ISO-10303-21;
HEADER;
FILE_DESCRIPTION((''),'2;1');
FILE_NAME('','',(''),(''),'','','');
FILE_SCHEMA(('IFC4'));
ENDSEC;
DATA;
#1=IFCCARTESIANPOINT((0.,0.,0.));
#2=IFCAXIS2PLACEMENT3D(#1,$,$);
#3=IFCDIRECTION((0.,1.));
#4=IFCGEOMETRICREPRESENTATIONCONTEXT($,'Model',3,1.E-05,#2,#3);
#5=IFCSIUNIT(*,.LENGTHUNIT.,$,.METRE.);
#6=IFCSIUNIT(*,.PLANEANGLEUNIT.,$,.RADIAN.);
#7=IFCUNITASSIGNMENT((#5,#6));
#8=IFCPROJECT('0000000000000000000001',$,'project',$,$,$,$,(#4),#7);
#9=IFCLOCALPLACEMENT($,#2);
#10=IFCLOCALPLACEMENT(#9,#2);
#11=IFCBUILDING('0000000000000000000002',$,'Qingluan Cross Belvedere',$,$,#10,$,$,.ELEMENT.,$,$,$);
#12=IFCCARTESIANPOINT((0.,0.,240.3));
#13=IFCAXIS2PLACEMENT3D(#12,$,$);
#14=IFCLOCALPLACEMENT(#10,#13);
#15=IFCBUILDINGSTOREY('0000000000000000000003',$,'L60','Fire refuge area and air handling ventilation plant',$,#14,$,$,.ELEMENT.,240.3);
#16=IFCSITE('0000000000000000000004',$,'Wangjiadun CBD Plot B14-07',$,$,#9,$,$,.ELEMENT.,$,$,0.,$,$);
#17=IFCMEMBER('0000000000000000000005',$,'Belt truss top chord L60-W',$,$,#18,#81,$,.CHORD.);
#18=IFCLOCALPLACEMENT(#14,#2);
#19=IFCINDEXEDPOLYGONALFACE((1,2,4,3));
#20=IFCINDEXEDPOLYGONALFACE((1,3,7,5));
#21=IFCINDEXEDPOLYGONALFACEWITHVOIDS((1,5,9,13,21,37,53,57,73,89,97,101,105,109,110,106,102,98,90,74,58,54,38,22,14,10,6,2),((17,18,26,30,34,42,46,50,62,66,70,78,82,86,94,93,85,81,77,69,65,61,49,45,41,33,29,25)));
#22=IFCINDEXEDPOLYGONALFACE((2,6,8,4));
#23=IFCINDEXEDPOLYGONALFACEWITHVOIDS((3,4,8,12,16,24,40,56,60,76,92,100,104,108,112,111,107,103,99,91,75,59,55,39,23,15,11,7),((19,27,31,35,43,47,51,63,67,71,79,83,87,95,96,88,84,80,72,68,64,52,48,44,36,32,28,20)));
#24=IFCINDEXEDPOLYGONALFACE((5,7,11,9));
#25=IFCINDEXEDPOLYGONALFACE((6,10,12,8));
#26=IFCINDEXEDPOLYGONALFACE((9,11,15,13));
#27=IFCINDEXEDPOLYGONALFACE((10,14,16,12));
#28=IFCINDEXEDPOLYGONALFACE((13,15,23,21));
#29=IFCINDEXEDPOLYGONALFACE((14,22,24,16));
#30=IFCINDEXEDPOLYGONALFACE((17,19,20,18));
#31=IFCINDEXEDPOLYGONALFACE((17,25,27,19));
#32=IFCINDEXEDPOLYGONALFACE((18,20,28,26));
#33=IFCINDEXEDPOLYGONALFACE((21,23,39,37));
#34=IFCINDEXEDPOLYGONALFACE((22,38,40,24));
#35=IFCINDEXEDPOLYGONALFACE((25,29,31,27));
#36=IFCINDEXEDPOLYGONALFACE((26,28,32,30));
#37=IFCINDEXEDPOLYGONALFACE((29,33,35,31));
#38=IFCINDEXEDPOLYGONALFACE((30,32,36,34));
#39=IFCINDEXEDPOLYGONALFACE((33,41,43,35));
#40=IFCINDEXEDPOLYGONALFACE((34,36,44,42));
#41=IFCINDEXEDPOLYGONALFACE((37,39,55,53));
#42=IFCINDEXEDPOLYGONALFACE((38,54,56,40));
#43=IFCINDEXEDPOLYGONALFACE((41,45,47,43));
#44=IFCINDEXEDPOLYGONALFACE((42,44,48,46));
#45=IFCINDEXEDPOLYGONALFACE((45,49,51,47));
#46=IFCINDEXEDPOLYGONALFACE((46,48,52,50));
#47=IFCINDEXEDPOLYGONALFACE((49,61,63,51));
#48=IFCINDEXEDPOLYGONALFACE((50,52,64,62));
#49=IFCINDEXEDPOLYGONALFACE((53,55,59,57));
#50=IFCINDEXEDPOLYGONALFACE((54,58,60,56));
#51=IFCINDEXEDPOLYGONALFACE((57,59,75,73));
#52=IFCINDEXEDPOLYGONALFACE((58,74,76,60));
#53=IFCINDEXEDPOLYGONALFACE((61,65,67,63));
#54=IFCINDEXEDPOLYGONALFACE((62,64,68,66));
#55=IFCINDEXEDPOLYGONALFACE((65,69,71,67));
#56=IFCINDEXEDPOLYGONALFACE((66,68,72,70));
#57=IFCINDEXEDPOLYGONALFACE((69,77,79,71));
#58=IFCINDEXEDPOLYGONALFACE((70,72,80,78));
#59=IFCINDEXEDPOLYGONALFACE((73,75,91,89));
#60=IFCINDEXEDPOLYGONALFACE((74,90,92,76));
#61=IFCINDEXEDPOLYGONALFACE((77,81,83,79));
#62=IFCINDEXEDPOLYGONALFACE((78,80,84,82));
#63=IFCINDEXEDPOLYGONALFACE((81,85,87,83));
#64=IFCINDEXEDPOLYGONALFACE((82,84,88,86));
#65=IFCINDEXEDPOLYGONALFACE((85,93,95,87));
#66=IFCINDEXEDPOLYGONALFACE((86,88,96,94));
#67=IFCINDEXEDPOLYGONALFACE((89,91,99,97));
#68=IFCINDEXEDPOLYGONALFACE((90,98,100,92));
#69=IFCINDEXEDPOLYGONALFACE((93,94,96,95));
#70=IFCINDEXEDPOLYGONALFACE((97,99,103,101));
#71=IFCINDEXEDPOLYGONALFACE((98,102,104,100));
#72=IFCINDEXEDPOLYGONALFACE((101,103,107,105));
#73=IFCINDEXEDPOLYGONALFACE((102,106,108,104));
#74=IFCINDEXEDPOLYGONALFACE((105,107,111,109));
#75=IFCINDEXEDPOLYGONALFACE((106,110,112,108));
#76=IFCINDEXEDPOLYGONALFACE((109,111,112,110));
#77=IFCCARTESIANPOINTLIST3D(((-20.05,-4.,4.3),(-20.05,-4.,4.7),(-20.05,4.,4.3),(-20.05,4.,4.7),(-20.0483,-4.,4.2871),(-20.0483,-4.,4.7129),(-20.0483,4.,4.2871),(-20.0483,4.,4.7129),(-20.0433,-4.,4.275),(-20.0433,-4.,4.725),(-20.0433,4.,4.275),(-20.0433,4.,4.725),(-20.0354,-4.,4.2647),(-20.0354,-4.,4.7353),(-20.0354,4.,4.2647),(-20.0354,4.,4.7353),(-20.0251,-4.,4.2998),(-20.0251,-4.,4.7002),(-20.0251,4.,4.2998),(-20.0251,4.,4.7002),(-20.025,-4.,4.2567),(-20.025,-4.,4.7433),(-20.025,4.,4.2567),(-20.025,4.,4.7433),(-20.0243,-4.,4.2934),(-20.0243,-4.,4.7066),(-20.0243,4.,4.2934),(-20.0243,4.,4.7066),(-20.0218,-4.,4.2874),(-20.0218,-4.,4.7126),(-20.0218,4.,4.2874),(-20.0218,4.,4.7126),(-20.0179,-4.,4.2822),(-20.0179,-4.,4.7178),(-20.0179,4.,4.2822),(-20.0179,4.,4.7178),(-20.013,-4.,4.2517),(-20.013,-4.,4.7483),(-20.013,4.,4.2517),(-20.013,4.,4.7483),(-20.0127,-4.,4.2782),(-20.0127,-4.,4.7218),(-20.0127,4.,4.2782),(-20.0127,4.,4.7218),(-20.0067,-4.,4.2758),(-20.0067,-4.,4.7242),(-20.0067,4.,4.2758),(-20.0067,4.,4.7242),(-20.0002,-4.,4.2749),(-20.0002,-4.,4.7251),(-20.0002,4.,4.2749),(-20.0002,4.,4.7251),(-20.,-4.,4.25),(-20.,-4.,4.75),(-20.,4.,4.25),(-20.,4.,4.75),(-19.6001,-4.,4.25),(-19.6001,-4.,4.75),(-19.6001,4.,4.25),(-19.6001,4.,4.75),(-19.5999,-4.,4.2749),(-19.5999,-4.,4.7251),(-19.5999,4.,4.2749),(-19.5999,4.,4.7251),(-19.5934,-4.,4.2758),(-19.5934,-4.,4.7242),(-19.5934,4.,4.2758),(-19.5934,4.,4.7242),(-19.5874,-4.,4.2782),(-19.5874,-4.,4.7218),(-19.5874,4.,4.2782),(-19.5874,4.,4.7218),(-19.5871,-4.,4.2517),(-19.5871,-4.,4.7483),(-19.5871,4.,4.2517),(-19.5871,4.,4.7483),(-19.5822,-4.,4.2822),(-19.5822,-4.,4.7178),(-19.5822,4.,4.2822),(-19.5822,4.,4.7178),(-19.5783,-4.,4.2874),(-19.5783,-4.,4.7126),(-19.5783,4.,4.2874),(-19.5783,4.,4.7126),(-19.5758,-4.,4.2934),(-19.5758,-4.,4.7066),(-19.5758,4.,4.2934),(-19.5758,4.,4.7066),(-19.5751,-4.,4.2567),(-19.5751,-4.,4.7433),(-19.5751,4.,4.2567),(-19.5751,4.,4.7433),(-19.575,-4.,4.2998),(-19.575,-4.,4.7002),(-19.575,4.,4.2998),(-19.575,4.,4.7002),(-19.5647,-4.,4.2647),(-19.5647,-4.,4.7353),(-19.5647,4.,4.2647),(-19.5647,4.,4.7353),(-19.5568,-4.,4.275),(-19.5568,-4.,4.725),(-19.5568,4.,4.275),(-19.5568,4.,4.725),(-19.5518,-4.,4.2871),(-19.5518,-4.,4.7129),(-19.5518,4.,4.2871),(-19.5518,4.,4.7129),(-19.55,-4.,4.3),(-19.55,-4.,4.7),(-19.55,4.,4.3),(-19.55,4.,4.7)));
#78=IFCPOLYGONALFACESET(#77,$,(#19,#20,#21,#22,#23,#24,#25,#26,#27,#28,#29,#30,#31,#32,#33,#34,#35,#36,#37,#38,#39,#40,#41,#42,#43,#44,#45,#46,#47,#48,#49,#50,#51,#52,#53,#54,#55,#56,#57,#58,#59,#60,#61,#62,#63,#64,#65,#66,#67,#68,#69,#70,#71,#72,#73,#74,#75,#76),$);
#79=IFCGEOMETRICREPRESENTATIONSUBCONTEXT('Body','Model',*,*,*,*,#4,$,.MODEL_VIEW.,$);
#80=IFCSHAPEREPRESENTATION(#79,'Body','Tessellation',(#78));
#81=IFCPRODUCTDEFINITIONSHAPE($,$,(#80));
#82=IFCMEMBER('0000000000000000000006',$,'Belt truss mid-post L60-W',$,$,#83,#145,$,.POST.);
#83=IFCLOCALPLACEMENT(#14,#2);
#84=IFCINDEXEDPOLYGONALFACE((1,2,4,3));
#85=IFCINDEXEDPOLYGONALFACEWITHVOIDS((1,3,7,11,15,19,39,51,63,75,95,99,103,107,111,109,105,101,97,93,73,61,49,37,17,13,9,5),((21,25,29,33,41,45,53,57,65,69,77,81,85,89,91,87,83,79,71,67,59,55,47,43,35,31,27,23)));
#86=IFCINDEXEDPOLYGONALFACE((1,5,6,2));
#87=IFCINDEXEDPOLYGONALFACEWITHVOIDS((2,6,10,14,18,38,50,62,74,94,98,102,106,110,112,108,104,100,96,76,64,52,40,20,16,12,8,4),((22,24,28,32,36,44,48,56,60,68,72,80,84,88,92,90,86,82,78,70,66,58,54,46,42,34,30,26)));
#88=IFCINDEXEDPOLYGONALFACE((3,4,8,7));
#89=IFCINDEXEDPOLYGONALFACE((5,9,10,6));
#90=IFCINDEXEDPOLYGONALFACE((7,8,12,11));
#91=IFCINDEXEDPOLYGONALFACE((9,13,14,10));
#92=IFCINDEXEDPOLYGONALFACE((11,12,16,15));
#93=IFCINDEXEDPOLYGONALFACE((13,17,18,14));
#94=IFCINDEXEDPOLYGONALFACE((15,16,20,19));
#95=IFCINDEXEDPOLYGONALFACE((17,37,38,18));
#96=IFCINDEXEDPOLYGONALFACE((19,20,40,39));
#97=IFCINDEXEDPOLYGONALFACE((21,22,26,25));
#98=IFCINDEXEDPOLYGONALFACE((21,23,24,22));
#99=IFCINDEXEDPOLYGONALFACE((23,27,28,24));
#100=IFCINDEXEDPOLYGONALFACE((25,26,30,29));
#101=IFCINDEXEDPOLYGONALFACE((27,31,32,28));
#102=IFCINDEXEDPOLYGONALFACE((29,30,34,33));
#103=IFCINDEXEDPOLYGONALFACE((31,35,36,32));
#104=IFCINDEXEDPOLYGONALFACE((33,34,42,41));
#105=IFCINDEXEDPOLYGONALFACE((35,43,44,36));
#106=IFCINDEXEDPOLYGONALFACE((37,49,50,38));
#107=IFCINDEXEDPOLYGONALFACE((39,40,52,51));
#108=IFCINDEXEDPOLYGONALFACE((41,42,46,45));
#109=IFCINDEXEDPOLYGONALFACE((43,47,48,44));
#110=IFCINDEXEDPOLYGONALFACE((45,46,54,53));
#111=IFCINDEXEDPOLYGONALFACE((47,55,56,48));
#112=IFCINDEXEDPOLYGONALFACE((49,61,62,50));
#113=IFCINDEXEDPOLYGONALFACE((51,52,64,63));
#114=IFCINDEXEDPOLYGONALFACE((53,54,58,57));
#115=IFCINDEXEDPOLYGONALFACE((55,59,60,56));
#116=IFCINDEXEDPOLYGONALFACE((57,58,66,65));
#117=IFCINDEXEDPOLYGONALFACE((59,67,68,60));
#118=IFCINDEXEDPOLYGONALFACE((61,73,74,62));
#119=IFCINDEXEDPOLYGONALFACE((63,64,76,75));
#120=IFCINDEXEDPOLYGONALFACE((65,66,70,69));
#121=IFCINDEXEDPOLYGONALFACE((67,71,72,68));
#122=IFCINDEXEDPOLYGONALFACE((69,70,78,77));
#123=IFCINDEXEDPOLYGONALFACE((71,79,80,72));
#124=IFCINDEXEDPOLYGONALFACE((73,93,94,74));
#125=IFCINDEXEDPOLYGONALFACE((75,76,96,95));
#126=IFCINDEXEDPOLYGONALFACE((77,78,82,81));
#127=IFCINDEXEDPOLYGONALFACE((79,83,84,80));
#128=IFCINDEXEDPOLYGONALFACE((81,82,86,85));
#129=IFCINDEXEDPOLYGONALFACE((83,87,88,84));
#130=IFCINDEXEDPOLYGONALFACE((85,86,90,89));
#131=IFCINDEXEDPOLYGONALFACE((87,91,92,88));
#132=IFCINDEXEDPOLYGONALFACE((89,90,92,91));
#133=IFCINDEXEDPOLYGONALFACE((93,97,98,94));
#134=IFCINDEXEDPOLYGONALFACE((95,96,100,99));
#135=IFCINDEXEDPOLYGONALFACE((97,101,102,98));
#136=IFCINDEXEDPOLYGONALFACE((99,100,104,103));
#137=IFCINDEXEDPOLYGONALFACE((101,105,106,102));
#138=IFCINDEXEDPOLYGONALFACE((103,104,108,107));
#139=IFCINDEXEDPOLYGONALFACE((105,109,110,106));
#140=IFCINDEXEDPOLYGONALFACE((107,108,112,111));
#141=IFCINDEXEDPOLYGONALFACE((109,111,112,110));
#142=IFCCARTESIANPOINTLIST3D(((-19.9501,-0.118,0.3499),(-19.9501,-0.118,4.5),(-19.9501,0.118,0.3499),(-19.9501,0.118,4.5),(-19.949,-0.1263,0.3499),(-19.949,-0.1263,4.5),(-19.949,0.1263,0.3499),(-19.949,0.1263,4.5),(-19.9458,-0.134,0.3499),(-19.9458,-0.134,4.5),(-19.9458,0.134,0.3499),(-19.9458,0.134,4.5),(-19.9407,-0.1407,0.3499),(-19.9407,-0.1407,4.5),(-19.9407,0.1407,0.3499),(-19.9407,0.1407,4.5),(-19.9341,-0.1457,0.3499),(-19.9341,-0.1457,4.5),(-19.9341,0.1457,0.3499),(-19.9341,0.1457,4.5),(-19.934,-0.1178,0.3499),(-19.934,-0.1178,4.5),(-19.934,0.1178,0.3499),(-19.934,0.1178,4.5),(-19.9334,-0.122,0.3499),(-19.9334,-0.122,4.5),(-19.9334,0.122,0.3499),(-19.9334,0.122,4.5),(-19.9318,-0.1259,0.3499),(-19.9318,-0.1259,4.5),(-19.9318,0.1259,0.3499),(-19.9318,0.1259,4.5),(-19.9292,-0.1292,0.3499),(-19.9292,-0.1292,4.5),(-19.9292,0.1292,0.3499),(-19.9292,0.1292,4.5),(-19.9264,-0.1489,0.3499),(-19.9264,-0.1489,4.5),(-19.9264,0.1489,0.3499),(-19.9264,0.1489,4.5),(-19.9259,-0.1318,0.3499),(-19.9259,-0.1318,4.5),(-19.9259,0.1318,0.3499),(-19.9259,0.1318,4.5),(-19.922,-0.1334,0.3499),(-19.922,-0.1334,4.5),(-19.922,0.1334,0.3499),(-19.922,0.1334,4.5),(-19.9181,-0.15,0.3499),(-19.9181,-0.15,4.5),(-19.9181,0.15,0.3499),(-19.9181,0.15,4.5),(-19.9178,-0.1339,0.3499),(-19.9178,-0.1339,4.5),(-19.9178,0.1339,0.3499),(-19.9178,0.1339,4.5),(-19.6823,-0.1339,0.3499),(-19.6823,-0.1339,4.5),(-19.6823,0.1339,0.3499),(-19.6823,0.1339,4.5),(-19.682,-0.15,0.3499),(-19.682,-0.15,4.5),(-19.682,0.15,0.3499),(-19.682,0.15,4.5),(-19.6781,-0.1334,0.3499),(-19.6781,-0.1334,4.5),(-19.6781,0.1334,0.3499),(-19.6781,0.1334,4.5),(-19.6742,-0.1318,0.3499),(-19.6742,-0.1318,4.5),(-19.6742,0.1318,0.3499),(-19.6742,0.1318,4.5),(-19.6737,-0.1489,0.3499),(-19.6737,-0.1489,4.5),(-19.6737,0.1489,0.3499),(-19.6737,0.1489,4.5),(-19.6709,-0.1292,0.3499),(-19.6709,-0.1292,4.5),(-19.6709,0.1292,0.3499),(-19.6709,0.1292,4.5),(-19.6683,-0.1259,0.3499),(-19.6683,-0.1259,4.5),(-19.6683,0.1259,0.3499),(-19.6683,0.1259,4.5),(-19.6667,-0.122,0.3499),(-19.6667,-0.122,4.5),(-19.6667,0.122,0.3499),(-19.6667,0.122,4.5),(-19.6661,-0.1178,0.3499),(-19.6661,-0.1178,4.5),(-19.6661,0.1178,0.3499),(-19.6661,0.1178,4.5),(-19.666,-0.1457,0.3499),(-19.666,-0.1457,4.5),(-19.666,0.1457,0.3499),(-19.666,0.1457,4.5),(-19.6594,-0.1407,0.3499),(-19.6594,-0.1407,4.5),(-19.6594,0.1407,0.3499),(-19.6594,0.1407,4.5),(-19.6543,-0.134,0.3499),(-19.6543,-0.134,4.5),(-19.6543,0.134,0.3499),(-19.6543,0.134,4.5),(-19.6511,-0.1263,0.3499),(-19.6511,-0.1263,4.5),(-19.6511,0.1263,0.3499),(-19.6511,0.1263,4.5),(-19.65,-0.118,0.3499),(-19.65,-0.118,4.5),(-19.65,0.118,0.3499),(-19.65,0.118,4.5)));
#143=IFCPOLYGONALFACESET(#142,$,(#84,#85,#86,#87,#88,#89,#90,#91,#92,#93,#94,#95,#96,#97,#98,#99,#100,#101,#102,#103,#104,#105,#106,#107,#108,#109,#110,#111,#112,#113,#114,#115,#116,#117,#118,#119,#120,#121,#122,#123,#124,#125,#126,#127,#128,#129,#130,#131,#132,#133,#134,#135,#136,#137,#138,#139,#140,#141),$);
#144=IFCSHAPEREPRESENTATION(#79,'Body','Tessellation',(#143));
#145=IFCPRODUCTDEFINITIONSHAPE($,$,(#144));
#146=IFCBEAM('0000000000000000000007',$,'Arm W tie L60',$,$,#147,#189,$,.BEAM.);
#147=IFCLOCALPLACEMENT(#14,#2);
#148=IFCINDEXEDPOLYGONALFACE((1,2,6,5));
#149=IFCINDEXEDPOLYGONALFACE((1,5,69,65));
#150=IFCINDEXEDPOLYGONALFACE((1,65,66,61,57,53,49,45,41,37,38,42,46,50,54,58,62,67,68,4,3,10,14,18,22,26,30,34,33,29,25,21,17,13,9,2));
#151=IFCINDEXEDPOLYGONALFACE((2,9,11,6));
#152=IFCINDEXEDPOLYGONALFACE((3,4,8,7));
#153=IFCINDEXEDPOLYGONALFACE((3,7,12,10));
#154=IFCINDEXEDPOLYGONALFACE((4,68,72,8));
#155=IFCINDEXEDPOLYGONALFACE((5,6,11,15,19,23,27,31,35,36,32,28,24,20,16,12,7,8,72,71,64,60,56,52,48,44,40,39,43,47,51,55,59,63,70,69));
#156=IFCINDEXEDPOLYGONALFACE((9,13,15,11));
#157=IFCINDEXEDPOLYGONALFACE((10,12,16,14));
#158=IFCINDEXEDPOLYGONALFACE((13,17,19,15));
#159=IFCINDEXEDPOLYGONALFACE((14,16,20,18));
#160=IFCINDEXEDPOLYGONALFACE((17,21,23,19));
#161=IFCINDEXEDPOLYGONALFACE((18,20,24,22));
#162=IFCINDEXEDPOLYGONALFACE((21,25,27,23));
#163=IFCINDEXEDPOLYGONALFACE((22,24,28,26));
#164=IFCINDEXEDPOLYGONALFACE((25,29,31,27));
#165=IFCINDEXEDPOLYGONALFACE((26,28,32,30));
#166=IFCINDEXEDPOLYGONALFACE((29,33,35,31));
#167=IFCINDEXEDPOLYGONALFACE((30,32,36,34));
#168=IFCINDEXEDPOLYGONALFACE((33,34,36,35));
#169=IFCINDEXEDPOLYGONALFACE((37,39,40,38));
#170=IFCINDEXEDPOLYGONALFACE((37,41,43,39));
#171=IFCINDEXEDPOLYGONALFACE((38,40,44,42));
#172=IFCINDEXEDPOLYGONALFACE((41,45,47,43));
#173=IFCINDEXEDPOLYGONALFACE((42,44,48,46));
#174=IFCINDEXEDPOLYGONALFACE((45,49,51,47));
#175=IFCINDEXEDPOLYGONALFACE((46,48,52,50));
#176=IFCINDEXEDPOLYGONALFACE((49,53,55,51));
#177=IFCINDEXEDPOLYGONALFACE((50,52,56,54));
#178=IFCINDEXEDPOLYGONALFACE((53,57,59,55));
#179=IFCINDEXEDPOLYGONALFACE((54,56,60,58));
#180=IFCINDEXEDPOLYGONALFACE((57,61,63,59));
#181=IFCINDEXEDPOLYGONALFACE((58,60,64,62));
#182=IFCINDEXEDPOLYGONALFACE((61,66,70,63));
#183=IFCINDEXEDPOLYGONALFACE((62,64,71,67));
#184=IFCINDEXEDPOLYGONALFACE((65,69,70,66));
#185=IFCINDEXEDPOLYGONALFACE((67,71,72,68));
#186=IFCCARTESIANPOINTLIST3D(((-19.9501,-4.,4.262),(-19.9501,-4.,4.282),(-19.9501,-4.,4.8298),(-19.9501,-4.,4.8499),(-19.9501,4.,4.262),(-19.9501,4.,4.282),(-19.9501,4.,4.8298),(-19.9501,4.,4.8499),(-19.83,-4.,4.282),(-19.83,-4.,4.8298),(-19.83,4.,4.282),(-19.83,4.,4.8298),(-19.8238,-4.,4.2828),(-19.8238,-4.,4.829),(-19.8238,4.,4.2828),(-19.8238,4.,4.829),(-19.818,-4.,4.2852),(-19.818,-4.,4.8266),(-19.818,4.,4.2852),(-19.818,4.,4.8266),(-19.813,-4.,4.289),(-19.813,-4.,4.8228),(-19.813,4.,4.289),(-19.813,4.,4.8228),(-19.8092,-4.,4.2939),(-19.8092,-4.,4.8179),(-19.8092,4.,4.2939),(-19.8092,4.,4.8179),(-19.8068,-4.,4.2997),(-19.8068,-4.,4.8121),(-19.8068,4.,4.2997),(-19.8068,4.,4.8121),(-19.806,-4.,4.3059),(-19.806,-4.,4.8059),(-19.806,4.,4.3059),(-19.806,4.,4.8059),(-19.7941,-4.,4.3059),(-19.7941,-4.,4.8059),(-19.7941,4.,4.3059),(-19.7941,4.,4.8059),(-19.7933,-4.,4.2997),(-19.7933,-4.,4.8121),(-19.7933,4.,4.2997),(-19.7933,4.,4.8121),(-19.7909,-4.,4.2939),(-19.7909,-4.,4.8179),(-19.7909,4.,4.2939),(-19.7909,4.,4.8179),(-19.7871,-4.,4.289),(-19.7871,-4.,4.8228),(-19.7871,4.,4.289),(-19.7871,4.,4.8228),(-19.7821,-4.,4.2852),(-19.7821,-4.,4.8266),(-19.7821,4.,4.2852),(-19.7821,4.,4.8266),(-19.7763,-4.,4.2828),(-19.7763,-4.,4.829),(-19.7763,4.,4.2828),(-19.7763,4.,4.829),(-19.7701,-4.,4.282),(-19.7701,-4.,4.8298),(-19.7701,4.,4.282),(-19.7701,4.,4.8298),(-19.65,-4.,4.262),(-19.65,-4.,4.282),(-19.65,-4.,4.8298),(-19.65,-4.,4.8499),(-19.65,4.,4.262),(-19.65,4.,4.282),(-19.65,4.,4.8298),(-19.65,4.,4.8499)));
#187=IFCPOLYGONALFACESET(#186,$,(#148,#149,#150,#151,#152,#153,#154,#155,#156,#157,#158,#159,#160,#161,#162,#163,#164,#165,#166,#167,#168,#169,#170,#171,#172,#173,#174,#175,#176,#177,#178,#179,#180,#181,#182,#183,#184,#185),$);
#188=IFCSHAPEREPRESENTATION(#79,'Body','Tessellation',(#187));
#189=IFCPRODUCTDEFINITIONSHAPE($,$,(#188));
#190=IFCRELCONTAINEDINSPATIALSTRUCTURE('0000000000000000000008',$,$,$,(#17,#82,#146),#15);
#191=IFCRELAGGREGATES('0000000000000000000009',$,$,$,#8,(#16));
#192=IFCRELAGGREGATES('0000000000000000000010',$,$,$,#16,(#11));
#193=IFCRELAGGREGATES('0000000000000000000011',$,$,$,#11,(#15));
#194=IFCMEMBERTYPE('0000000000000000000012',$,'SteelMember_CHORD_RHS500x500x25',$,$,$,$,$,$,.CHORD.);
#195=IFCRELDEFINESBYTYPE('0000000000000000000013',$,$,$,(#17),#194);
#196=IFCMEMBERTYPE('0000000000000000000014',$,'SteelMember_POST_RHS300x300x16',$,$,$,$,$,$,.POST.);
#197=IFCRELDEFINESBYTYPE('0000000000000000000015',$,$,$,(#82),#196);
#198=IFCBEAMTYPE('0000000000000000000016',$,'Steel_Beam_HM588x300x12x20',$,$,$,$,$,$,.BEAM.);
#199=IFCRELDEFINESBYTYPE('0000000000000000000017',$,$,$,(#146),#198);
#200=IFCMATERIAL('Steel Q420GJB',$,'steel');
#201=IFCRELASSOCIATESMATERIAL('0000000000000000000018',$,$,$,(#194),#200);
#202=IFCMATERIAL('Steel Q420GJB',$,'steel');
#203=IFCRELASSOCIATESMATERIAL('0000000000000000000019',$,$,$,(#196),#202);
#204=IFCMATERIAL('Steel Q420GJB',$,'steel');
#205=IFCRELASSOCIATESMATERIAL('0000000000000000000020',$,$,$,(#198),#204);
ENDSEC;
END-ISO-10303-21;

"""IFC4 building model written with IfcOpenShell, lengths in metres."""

from ifc_helpers import new_model, si_unit, direction, frame, origin, origin_2d, place, context, subcontext, project, spatial, hollow_rectangle, i_section, extrude, material, material_profile, profile_set, type_object, element, save


model = new_model("IFC4")

# Units and contexts
model_context = context("Model", 3, precision=1e-05, world=origin(), true_north=direction((0.0, 1.0)))
body_context = subcontext(model_context, "Body", "Model", "MODEL_VIEW")
ifc_project = project(units=[si_unit("LENGTHUNIT", "METRE"), si_unit("PLANEANGLEUNIT", "RADIAN")], contexts=[model_context])

# Site, building, storey
site_placement = place(None, origin())
site = spatial("IfcSite", under=ifc_project, at=site_placement, Name="Wangjiadun CBD Plot B14-07", CompositionType="ELEMENT", RefElevation=0.0)
building_placement = place(site_placement, origin())
building = spatial("IfcBuilding", under=site, at=building_placement, Name="Qingluan Cross Belvedere", CompositionType="ELEMENT")
storey_placement = place(building_placement, frame((0.0, 0.0, 240.3)))
storey = spatial("IfcBuildingStorey", under=building, at=storey_placement, Name="L60", Description="Fire refuge area and air handling ventilation plant", CompositionType="ELEMENT", Elevation=240.3)

# Members
ifc_material_1 = material(Name="Steel Q420GJB", Category="steel")
ifc_material_profile_1 = material_profile(ifc_material_1, hollow_rectangle(XDim=0.5, YDim=0.5, WallThickness=0.0249, InnerFilletRadius=0.0249, OuterFilletRadius=0.05, at=origin_2d()), Name="RHS500x500x25")
ifc_profile_set_1 = profile_set([ifc_material_profile_1], Name="Steel Q420GJB")
member_type_1 = type_object("IfcMemberType", Name="SteelMember_CHORD_RHS500x500x25", PredefinedType="CHORD", material=ifc_profile_set_1)
for number, where, z_axis, x_axis, name in (
    (1, (-19.8, -4.0, 4.5), (0.0, 1.0, 0.0), (-1.0, 0.0, 0.0), "Belt truss top chord L60-W"),
):
    element("IfcMember", number, at=place(storey_placement, frame(where, z_axis=z_axis, x_axis=x_axis)), inside=storey, type_object=member_type_1, Name=name, PredefinedType="CHORD", context=body_context, shape_type="SweptSolid", body=[
        extrude(hollow_rectangle(XDim=0.5, YDim=0.5, WallThickness=0.0249, InnerFilletRadius=0.0249, OuterFilletRadius=0.05, at=origin_2d()), origin(), (0.0, 0.0, 1.0), 8.0),
    ])
ifc_material_2 = material(Name="Steel Q420GJB", Category="steel")
ifc_material_profile_2 = material_profile(ifc_material_2, hollow_rectangle(XDim=0.3, YDim=0.3, WallThickness=0.0161, InnerFilletRadius=0.0161, OuterFilletRadius=0.032, at=origin_2d()), Name="RHS300x300x16")
ifc_profile_set_2 = profile_set([ifc_material_profile_2], Name="Steel Q420GJB")
member_type_2 = type_object("IfcMemberType", Name="SteelMember_POST_RHS300x300x16", PredefinedType="POST", material=ifc_profile_set_2)
member_1_placement = place(storey_placement, frame((-19.8, 0.0, 0.3499), z_axis=(0.0, 0.0, 1.0), x_axis=(1.0, 0.0, 0.0)))
element("IfcMember", 2, at=member_1_placement, inside=storey, type_object=member_type_2, Name="Belt truss mid-post L60-W", PredefinedType="POST", context=body_context, shape_type="SweptSolid", body=[
    extrude(hollow_rectangle(XDim=0.3, YDim=0.3, WallThickness=0.0161, InnerFilletRadius=0.0161, OuterFilletRadius=0.032, at=origin_2d()), origin(), (0.0, 0.0, 1.0), 4.1501),
])

# Beam
ifc_material_3 = material(Name="Steel Q420GJB", Category="steel")
ifc_material_profile_3 = material_profile(ifc_material_3, i_section(OverallWidth=0.3, OverallDepth=0.5879, WebThickness=0.012, FlangeThickness=0.02, FilletRadius=0.0239, at=origin_2d()), Name="HM588x300x12x20")
ifc_profile_set_3 = profile_set([ifc_material_profile_3], Name="Steel Q420GJB")
beam_type_1 = type_object("IfcBeamType", Name="Steel_Beam_HM588x300x12x20", PredefinedType="BEAM", material=ifc_profile_set_3)
beam_1_placement = place(storey_placement, frame((-19.8, -4.0, 4.5559), z_axis=(0.0, 1.0, 0.0), x_axis=(-1.0, 0.0, 0.0)))
element("IfcBeam", 3, at=beam_1_placement, inside=storey, type_object=beam_type_1, Name="Arm W tie L60", PredefinedType="BEAM", context=body_context, shape_type="SweptSolid", body=[
    extrude(i_section(OverallWidth=0.3, OverallDepth=0.5879, WebThickness=0.012, FlangeThickness=0.02, FilletRadius=0.0239, at=origin_2d()), origin(), (0.0, 0.0, 1.0), 8.0),
])

save(model, "model.ifc")
